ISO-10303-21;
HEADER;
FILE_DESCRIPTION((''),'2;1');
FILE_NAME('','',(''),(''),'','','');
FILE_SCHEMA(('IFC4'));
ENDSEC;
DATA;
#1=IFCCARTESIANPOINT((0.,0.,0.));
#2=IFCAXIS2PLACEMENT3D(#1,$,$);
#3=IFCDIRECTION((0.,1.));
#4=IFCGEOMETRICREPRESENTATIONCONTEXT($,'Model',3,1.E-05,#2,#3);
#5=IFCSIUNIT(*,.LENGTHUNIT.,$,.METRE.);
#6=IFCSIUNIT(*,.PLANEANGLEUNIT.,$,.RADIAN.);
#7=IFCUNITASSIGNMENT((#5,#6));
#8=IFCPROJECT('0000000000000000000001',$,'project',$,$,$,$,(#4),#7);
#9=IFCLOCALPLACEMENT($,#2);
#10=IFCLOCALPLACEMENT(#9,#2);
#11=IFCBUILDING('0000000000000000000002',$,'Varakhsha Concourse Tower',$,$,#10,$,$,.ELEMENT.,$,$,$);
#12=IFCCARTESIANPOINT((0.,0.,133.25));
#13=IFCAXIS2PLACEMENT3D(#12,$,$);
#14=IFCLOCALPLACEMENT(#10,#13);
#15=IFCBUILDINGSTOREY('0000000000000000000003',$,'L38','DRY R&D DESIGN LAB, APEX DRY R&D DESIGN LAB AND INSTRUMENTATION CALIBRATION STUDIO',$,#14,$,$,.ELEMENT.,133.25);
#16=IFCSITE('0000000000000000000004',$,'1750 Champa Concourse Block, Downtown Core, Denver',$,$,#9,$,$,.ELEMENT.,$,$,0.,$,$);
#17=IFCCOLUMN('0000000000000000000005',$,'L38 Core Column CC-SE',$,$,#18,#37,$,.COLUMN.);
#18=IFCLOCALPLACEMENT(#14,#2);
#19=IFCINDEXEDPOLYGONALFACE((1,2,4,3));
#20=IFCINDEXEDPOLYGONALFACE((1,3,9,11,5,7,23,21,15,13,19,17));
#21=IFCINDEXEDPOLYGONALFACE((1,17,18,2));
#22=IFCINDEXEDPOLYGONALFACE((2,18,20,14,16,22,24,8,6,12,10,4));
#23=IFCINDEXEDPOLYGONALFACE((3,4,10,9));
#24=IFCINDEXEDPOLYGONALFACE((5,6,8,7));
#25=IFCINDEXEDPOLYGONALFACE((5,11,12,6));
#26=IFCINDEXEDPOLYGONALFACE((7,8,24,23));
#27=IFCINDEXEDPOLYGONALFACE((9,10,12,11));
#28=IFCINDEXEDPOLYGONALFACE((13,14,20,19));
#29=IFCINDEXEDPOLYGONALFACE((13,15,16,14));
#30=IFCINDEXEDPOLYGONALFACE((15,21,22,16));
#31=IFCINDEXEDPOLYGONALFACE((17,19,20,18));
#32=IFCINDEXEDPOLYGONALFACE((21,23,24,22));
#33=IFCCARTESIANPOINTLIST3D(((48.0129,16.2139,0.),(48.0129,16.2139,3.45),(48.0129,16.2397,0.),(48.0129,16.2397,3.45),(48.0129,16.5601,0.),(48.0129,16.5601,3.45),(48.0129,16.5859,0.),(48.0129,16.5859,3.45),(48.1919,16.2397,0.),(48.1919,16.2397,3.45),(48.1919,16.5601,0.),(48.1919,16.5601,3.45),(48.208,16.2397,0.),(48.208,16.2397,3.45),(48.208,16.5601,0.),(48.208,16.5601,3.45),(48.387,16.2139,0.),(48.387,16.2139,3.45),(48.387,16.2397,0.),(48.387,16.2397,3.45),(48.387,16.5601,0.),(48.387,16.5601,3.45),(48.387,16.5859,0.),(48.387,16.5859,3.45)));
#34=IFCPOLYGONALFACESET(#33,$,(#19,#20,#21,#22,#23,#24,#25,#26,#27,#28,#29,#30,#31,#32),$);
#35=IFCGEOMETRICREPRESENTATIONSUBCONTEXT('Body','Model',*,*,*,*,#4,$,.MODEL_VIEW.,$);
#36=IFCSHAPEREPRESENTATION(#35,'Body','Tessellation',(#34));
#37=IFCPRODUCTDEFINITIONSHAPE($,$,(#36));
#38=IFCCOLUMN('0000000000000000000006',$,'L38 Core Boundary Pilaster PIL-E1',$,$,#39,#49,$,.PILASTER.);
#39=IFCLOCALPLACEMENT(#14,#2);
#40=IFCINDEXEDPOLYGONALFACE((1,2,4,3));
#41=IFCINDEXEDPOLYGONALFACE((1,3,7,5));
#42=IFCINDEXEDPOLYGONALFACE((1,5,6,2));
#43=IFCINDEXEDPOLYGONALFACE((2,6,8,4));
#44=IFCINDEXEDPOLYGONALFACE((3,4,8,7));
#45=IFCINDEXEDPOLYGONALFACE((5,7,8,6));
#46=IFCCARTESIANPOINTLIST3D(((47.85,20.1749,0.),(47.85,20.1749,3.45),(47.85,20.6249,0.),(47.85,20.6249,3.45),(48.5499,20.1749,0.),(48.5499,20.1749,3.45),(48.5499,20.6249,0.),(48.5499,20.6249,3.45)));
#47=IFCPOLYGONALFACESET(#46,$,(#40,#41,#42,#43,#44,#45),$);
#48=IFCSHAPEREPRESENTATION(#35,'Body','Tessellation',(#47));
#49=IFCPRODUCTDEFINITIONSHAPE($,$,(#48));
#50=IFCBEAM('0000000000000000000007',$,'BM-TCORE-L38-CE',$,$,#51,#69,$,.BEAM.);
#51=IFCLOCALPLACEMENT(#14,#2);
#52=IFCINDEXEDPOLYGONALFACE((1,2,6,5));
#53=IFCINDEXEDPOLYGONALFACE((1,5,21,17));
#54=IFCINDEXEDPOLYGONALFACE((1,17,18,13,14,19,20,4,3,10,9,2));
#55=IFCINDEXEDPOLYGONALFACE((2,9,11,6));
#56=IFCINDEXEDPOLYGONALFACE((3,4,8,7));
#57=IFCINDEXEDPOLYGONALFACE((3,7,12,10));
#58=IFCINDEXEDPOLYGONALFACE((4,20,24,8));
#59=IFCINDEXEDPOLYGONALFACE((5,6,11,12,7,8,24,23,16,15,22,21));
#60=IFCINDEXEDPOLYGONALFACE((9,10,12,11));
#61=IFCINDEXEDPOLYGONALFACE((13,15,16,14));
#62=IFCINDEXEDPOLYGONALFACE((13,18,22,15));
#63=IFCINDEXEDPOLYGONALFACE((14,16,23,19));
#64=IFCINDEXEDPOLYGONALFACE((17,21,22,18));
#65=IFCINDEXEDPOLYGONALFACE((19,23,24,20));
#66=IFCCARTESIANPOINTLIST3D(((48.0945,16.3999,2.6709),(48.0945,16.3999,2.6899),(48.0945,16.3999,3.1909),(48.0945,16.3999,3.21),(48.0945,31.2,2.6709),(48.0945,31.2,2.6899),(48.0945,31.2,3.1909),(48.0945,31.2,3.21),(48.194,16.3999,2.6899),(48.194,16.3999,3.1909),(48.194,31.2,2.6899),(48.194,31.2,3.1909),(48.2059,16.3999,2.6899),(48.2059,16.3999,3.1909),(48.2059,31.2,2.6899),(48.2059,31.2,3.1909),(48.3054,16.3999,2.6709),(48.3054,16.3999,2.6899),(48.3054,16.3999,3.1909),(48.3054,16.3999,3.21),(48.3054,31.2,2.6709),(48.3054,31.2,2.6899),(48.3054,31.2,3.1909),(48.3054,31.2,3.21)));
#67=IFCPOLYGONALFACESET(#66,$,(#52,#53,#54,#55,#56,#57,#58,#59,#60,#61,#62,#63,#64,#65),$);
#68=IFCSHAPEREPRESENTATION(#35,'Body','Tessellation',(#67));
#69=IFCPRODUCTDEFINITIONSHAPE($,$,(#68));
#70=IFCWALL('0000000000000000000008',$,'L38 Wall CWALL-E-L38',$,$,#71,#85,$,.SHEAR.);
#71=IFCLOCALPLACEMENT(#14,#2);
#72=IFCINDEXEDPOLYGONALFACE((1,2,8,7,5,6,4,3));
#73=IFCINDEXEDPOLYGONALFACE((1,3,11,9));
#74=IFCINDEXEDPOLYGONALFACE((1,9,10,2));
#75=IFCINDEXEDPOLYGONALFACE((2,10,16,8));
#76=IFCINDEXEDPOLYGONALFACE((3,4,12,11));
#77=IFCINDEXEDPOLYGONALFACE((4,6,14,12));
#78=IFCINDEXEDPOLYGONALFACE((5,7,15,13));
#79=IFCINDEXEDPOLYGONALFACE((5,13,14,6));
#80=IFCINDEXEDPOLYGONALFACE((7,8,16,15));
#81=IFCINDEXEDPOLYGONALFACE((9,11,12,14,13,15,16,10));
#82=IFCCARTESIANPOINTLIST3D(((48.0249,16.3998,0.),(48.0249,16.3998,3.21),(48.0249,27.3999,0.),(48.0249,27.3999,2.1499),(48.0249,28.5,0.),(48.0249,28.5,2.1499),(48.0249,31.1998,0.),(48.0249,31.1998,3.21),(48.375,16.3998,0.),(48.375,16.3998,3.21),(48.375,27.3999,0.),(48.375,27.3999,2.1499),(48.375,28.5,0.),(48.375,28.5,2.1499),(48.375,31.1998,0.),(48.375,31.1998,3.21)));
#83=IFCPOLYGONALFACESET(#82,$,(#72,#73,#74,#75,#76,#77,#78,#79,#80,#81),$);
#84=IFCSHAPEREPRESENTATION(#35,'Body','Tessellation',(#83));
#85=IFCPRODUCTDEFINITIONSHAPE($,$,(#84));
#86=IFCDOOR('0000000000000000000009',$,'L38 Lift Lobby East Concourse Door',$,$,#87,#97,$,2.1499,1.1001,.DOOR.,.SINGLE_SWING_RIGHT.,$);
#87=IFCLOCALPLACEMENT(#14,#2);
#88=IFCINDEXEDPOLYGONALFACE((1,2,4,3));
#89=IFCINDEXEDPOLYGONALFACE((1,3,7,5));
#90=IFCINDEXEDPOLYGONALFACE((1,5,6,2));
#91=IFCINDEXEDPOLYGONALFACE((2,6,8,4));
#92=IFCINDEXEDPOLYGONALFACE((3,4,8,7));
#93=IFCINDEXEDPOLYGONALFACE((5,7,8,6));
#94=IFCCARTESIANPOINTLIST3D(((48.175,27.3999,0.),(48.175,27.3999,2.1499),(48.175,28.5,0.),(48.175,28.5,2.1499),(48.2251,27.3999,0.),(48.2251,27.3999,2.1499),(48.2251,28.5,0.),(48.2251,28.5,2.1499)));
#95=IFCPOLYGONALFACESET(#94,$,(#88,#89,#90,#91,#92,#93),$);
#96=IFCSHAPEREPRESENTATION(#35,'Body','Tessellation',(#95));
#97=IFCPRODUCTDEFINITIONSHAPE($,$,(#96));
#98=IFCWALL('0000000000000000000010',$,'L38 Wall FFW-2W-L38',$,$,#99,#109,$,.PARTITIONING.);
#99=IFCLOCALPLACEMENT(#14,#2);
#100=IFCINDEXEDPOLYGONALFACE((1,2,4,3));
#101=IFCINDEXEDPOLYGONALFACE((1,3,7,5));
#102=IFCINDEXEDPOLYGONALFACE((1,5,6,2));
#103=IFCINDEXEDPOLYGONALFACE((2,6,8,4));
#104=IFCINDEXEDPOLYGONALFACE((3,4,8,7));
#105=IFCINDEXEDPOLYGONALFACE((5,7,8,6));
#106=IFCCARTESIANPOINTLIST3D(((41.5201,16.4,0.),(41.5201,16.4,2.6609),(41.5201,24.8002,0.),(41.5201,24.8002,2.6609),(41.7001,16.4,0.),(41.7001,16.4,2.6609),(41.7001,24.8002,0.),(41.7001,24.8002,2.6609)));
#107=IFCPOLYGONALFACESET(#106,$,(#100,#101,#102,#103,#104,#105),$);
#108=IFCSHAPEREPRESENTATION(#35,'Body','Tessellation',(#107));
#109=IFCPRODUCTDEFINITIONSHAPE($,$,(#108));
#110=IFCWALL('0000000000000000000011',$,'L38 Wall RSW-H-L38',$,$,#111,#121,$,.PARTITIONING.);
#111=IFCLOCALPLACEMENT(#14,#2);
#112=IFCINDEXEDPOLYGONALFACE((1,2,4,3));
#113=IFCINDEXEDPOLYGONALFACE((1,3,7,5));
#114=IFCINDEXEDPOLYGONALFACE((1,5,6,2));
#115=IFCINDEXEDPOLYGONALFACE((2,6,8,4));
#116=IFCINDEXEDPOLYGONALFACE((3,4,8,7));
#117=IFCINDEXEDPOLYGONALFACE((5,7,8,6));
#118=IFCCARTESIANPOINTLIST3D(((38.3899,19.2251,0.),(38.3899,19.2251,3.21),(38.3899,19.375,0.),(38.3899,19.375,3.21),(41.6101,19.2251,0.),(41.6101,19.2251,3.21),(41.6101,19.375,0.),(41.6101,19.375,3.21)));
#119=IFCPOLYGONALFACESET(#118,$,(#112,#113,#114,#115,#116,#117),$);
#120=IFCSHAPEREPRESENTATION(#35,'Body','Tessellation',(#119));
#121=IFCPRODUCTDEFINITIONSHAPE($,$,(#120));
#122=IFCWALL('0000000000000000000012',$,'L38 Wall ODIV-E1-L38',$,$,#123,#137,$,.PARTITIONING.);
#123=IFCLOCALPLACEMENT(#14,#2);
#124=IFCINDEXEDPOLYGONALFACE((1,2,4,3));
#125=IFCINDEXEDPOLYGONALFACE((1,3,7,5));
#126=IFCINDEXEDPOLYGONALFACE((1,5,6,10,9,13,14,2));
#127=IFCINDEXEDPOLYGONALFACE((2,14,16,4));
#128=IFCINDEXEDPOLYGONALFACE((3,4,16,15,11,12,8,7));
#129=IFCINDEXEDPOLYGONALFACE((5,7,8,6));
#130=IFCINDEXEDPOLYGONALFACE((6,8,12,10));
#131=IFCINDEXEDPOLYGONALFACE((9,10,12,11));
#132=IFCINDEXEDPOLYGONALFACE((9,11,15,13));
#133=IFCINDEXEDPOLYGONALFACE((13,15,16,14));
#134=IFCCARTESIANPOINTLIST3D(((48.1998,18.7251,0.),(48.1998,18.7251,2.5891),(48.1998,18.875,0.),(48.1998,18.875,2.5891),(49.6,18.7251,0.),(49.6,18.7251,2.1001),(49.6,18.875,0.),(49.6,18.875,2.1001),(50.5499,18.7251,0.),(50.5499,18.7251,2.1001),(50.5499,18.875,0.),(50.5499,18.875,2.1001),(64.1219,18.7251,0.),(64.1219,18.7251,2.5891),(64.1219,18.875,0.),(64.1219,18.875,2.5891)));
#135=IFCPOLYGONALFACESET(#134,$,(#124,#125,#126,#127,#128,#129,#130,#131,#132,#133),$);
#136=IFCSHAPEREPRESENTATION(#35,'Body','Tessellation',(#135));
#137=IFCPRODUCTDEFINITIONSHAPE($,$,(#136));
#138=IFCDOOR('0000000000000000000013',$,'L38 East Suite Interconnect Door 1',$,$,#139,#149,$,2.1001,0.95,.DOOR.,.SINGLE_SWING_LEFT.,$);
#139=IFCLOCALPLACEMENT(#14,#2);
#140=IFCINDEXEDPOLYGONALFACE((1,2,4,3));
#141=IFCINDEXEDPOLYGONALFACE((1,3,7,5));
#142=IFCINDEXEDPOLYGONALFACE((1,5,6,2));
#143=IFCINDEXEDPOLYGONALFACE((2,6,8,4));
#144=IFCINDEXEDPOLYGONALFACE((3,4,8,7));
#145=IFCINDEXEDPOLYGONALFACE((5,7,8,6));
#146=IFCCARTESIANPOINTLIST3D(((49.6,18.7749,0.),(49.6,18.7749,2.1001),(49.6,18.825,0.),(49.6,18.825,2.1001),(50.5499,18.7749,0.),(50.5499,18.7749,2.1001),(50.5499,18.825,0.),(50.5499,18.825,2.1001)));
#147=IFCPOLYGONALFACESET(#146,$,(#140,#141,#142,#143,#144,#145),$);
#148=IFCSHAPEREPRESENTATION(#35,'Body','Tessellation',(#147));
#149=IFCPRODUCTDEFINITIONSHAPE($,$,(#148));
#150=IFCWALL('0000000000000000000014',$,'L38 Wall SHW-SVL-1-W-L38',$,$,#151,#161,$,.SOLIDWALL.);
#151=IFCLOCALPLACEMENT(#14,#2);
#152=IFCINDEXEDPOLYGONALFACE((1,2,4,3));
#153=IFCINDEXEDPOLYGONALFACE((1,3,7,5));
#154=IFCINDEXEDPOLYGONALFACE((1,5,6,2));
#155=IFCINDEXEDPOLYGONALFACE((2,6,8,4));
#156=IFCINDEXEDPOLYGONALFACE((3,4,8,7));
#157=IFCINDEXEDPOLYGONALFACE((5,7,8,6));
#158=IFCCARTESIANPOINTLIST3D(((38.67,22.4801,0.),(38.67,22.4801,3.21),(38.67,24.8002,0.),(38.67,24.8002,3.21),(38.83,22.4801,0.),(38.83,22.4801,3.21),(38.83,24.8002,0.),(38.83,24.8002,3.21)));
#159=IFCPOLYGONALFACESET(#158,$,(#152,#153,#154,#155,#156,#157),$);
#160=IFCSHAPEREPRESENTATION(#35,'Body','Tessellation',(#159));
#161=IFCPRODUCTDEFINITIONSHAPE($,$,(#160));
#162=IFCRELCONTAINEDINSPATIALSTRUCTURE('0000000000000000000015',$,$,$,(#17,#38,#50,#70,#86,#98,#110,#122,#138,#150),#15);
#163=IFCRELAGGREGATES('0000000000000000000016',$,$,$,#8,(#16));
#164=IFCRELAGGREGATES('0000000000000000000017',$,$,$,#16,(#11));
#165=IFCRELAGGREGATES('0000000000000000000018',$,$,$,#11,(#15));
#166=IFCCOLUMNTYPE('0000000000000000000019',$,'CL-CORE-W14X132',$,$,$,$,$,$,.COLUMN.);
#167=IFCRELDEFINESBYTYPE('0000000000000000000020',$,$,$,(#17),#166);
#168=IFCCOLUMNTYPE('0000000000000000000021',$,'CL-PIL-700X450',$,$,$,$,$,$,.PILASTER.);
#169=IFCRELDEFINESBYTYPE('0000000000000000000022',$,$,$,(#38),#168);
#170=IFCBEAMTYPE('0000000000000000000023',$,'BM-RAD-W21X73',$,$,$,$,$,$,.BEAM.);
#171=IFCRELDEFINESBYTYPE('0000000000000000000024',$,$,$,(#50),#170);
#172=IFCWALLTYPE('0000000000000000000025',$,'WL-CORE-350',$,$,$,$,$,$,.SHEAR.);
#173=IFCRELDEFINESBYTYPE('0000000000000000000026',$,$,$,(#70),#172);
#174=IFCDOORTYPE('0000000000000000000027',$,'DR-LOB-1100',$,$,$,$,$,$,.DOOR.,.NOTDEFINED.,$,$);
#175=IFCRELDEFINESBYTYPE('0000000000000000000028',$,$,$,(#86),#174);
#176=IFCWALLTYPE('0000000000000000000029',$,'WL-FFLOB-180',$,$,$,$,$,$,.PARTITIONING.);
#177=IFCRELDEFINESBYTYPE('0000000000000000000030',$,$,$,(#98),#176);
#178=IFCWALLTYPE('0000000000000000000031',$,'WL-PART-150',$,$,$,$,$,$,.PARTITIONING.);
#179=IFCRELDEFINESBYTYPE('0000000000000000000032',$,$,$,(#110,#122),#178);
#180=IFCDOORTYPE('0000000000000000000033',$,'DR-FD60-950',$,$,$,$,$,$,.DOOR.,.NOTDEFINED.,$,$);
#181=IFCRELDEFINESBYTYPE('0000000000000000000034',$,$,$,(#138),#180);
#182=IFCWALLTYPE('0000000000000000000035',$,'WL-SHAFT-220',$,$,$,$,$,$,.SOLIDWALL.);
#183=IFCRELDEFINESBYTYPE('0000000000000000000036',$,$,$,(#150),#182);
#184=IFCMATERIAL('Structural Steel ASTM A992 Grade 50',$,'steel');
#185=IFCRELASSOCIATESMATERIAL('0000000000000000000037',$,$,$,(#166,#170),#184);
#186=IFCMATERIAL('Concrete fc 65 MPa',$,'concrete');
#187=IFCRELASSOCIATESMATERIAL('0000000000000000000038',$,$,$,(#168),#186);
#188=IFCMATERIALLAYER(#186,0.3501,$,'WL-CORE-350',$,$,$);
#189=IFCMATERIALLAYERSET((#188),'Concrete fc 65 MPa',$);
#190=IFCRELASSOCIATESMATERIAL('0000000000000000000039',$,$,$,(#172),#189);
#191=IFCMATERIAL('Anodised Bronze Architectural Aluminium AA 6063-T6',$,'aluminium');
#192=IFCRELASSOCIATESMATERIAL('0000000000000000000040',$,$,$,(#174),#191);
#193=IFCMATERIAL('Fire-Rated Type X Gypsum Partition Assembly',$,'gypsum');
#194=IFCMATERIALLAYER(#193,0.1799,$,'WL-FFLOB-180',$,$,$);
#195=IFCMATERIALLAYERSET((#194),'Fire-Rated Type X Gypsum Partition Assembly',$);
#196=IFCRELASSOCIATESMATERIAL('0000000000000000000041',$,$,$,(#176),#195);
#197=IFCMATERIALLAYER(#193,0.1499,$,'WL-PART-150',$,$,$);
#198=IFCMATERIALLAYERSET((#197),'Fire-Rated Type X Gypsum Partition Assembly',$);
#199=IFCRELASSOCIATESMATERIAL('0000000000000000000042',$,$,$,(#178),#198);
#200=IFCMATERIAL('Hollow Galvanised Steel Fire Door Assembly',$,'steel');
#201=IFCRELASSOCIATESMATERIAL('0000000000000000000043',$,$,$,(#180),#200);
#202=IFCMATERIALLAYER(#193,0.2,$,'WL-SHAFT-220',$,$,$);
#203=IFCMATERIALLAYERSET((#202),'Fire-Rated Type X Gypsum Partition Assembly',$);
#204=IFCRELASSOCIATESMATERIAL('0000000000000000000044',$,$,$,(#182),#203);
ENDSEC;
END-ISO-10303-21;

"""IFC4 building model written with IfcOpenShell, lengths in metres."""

from ifc_helpers import new_model, si_unit, direction, frame, frame_2d, origin, origin_2d, place, context, subcontext, project, spatial, rectangle, i_section, extrude, material, layer, layer_set, material_profile, profile_set, type_object, element, fill, save


model = new_model("IFC4")

# Units and contexts
model_context = context("Model", 3, precision=1e-05, world=origin(), true_north=direction((0.0, 1.0)))
body_context = subcontext(model_context, "Body", "Model", "MODEL_VIEW")
ifc_project = project(units=[si_unit("LENGTHUNIT", "METRE"), si_unit("PLANEANGLEUNIT", "RADIAN")], contexts=[model_context])

# Site, building, storey
site_placement = place(None, origin())
site = spatial("IfcSite", under=ifc_project, at=site_placement, Name="1750 Champa Concourse Block, Downtown Core, Denver", CompositionType="ELEMENT", RefElevation=0.0)
building_placement = place(site_placement, origin())
building = spatial("IfcBuilding", under=site, at=building_placement, Name="Varakhsha Concourse Tower", CompositionType="ELEMENT")
storey_placement = place(building_placement, frame((0.0, 0.0, 133.25)))
storey = spatial("IfcBuildingStorey", under=building, at=storey_placement, Name="L38", Description="DRY R&D DESIGN LAB, APEX DRY R&D DESIGN LAB AND INSTRUMENTATION CALIBRATION STUDIO", CompositionType="ELEMENT", Elevation=133.25)

# Columns
ifc_material_1 = material(Name="Structural Steel ASTM A992 Grade 50", Category="steel")
ifc_material_profile_1 = material_profile(ifc_material_1, i_section(OverallWidth=0.374, OverallDepth=0.3721, WebThickness=0.0161, FlangeThickness=0.0259, at=origin_2d()), Name="W14X132")
ifc_profile_set_1 = profile_set([ifc_material_profile_1], Name="Structural Steel ASTM A992 Grade 50")
column_type_1 = type_object("IfcColumnType", Name="CL-CORE-W14X132", PredefinedType="COLUMN", material=ifc_profile_set_1)
column_1_placement = place(storey_placement, frame((48.2, 16.3999, 0.0), z_axis=(0.0, 0.0, 1.0), x_axis=(1.0, 0.0, 0.0)))
element("IfcColumn", 1, at=column_1_placement, inside=storey, type_object=column_type_1, Name="L38 Core Column CC-SE", PredefinedType="COLUMN", context=body_context, shape_type="SweptSolid", body=[
    extrude(i_section(OverallWidth=0.374, OverallDepth=0.3721, WebThickness=0.0161, FlangeThickness=0.0259, at=origin_2d()), origin(), (0.0, 0.0, 1.0), 3.45),
])
ifc_material_2 = material(Name="Concrete fc 65 MPa", Category="concrete")
ifc_material_profile_2 = material_profile(ifc_material_2, rectangle(XDim=0.7, YDim=0.45, at=origin_2d()), Name="RC 700x450")
ifc_profile_set_2 = profile_set([ifc_material_profile_2], Name="Concrete fc 65 MPa")
column_type_2 = type_object("IfcColumnType", Name="CL-PIL-700X450", PredefinedType="PILASTER", material=ifc_profile_set_2)
column_2_placement = place(storey_placement, frame((48.2, 20.3999, 0.0), z_axis=(0.0, 0.0, 1.0), x_axis=(1.0, 0.0, 0.0)))
element("IfcColumn", 2, at=column_2_placement, inside=storey, type_object=column_type_2, Name="L38 Core Boundary Pilaster PIL-E1", PredefinedType="PILASTER", context=body_context, shape_type="SweptSolid", body=[
    extrude(rectangle(XDim=0.7, YDim=0.45, at=origin_2d()), origin(), (0.0, 0.0, 1.0), 3.45),
])

# Beam
ifc_material_profile_3 = material_profile(ifc_material_1, i_section(OverallWidth=0.2109, OverallDepth=0.5391, WebThickness=0.012, FlangeThickness=0.019, at=origin_2d()), Name="W21X73")
ifc_profile_set_3 = profile_set([ifc_material_profile_3], Name="Structural Steel ASTM A992 Grade 50")
beam_type = type_object("IfcBeamType", Name="BM-RAD-W21X73", PredefinedType="BEAM", material=ifc_profile_set_3)
beam_placement = place(storey_placement, frame((48.2, 16.3999, 2.9404), z_axis=(0.0, 1.0, 0.0), x_axis=(-1.0, 0.0, 0.0)))
element("IfcBeam", 3, at=beam_placement, inside=storey, type_object=beam_type, Name="BM-TCORE-L38-CE", PredefinedType="BEAM", context=body_context, shape_type="SweptSolid", body=[
    extrude(i_section(OverallWidth=0.2109, OverallDepth=0.5391, WebThickness=0.012, FlangeThickness=0.019, at=origin_2d()), origin(), (0.0, 0.0, 1.0), 14.8),
])

# Wall, opening, door
ifc_layer_1 = layer(ifc_material_2, 0.3501, Name="WL-CORE-350")
ifc_layer_set_1 = layer_set([ifc_layer_1], Name="Concrete fc 65 MPa")
wall_type_1 = type_object("IfcWallType", Name="WL-CORE-350", PredefinedType="SHEAR", material=ifc_layer_set_1)
wall_1_placement = place(storey_placement, frame((48.2, 16.3999, 0.0), z_axis=(0.0, 0.0, 1.0), x_axis=(0.0, 1.0, 0.0)))
wall_1 = element("IfcWall", 4, at=wall_1_placement, inside=storey, type_object=wall_type_1, Name="L38 Wall CWALL-E-L38", PredefinedType="SHEAR", context=body_context, shape_type="SweptSolid", body=[
    extrude(rectangle(XDim=14.8, YDim=0.3501, at=frame_2d((7.3999, 0.0))), origin(), (0.0, 0.0, 1.0), 3.21),
])
opening_1_placement = place(wall_1_placement, frame((11.0, 0.0, 0.0)))
opening_1 = element("IfcOpeningElement", 5, at=opening_1_placement, cuts=wall_1, PredefinedType="OPENING", context=body_context, shape_type="SweptSolid", body=[
    extrude(rectangle(XDim=1.1001, YDim=2.1499, at=frame_2d((0.55, 1.075))), frame((0.0, 0.1851, 0.0), z_axis=(0.0, -1.0, 0.0), x_axis=(1.0, 0.0, 0.0)), (0.0, 0.0, 1.0), 0.3701),
])
ifc_material_3 = material(Name="Anodised Bronze Architectural Aluminium AA 6063-T6", Category="aluminium")
door_type_1 = type_object("IfcDoorType", Name="DR-LOB-1100", OperationType="NOTDEFINED", PredefinedType="DOOR", material=ifc_material_3)
door_1_placement = place(opening_1_placement, origin())
door_1 = element("IfcDoor", 6, at=door_1_placement, inside=storey, type_object=door_type_1, Name="L38 Lift Lobby East Concourse Door", OperationType="SINGLE_SWING_RIGHT", OverallHeight=2.1499, OverallWidth=1.1001, PredefinedType="DOOR", context=body_context, shape_type="SweptSolid", body=[
    extrude(rectangle(XDim=1.1001, YDim=2.1499, at=frame_2d((0.55, 1.075))), frame((0.0, 0.0249, 0.0), z_axis=(0.0, -1.0, 0.0), x_axis=(1.0, 0.0, 0.0)), (0.0, 0.0, 1.0), 0.05),
])
fill(opening_1, door_1)

# Walls
ifc_material_4 = material(Name="Fire-Rated Type X Gypsum Partition Assembly", Category="gypsum")
ifc_layer_2 = layer(ifc_material_4, 0.1799, Name="WL-FFLOB-180")
ifc_layer_set_2 = layer_set([ifc_layer_2], Name="Fire-Rated Type X Gypsum Partition Assembly")
wall_type_2 = type_object("IfcWallType", Name="WL-FFLOB-180", PredefinedType="PARTITIONING", material=ifc_layer_set_2)
wall_2_placement = place(storey_placement, frame((41.6101, 16.3999, 0.0), z_axis=(0.0, 0.0, 1.0), x_axis=(0.0, 1.0, 0.0)))
element("IfcWall", 7, at=wall_2_placement, inside=storey, type_object=wall_type_2, Name="L38 Wall FFW-2W-L38", PredefinedType="PARTITIONING", context=body_context, shape_type="SweptSolid", body=[
    extrude(rectangle(XDim=8.4001, YDim=0.1799, at=frame_2d((4.2002, 0.0))), origin(), (0.0, 0.0, 1.0), 2.6609),
])
ifc_layer_3 = layer(ifc_material_4, 0.1499, Name="WL-PART-150")
ifc_layer_set_3 = layer_set([ifc_layer_3], Name="Fire-Rated Type X Gypsum Partition Assembly")
wall_type_3 = type_object("IfcWallType", Name="WL-PART-150", PredefinedType="PARTITIONING", material=ifc_layer_set_3)
wall_3_placement = place(storey_placement, frame((38.3899, 19.3, 0.0), z_axis=(0.0, 0.0, 1.0), x_axis=(1.0, 0.0, 0.0)))
element("IfcWall", 8, at=wall_3_placement, inside=storey, type_object=wall_type_3, Name="L38 Wall RSW-H-L38", PredefinedType="PARTITIONING", context=body_context, shape_type="SweptSolid", body=[
    extrude(rectangle(XDim=3.2202, YDim=0.1499, at=frame_2d((1.6101, 0.0))), origin(), (0.0, 0.0, 1.0), 3.21),
])

# Wall, opening, door
wall_4_placement = place(storey_placement, frame((48.2, 18.8, 0.0), z_axis=(0.0, 0.0, 1.0), x_axis=(1.0, 0.0, 0.0)))
wall_4 = element("IfcWall", 9, at=wall_4_placement, inside=storey, type_object=wall_type_3, Name="L38 Wall ODIV-E1-L38", PredefinedType="PARTITIONING", context=body_context, shape_type="SweptSolid", body=[
    extrude(rectangle(XDim=15.9221, YDim=0.1499, at=frame_2d((7.9609, 0.0))), origin(), (0.0, 0.0, 1.0), 2.5891),
])
opening_2_placement = place(wall_4_placement, frame((1.3999, 0.0, 0.0)))
opening_2 = element("IfcOpeningElement", 10, at=opening_2_placement, cuts=wall_4, PredefinedType="OPENING", context=body_context, shape_type="SweptSolid", body=[
    extrude(rectangle(XDim=0.95, YDim=2.1001, at=frame_2d((0.4751, 1.05))), frame((0.0, 0.085, 0.0), z_axis=(0.0, -1.0, 0.0), x_axis=(1.0, 0.0, 0.0)), (0.0, 0.0, 1.0), 0.1699),
])
ifc_material_5 = material(Name="Hollow Galvanised Steel Fire Door Assembly", Category="steel")
door_type_2 = type_object("IfcDoorType", Name="DR-FD60-950", OperationType="NOTDEFINED", PredefinedType="DOOR", material=ifc_material_5)
door_2_placement = place(opening_2_placement, origin())
door_2 = element("IfcDoor", 11, at=door_2_placement, inside=storey, type_object=door_type_2, Name="L38 East Suite Interconnect Door 1", OperationType="SINGLE_SWING_LEFT", OverallHeight=2.1001, OverallWidth=0.95, PredefinedType="DOOR", context=body_context, shape_type="SweptSolid", body=[
    extrude(rectangle(XDim=0.95, YDim=2.1001, at=frame_2d((0.4751, 1.05))), frame((0.0, 0.0249, 0.0), z_axis=(0.0, -1.0, 0.0), x_axis=(1.0, 0.0, 0.0)), (0.0, 0.0, 1.0), 0.05),
])
fill(opening_2, door_2)

# Wall
ifc_layer_4 = layer(ifc_material_4, 0.2, Name="WL-SHAFT-220")
ifc_layer_set_4 = layer_set([ifc_layer_4], Name="Fire-Rated Type X Gypsum Partition Assembly")
wall_type_4 = type_object("IfcWallType", Name="WL-SHAFT-220", PredefinedType="SOLIDWALL", material=ifc_layer_set_4)
wall_5_placement = place(storey_placement, frame((38.75, 22.48, 0.0), z_axis=(0.0, 0.0, 1.0), x_axis=(0.0, 1.0, 0.0)))
element("IfcWall", 12, at=wall_5_placement, inside=storey, type_object=wall_type_4, Name="L38 Wall SHW-SVL-1-W-L38", PredefinedType="SOLIDWALL", context=body_context, shape_type="SweptSolid", body=[
    extrude(rectangle(XDim=2.3201, YDim=0.1599, at=frame_2d((1.1602, 0.0))), origin(), (0.0, 0.0, 1.0), 3.21),
])

save(model, "model.ifc")
